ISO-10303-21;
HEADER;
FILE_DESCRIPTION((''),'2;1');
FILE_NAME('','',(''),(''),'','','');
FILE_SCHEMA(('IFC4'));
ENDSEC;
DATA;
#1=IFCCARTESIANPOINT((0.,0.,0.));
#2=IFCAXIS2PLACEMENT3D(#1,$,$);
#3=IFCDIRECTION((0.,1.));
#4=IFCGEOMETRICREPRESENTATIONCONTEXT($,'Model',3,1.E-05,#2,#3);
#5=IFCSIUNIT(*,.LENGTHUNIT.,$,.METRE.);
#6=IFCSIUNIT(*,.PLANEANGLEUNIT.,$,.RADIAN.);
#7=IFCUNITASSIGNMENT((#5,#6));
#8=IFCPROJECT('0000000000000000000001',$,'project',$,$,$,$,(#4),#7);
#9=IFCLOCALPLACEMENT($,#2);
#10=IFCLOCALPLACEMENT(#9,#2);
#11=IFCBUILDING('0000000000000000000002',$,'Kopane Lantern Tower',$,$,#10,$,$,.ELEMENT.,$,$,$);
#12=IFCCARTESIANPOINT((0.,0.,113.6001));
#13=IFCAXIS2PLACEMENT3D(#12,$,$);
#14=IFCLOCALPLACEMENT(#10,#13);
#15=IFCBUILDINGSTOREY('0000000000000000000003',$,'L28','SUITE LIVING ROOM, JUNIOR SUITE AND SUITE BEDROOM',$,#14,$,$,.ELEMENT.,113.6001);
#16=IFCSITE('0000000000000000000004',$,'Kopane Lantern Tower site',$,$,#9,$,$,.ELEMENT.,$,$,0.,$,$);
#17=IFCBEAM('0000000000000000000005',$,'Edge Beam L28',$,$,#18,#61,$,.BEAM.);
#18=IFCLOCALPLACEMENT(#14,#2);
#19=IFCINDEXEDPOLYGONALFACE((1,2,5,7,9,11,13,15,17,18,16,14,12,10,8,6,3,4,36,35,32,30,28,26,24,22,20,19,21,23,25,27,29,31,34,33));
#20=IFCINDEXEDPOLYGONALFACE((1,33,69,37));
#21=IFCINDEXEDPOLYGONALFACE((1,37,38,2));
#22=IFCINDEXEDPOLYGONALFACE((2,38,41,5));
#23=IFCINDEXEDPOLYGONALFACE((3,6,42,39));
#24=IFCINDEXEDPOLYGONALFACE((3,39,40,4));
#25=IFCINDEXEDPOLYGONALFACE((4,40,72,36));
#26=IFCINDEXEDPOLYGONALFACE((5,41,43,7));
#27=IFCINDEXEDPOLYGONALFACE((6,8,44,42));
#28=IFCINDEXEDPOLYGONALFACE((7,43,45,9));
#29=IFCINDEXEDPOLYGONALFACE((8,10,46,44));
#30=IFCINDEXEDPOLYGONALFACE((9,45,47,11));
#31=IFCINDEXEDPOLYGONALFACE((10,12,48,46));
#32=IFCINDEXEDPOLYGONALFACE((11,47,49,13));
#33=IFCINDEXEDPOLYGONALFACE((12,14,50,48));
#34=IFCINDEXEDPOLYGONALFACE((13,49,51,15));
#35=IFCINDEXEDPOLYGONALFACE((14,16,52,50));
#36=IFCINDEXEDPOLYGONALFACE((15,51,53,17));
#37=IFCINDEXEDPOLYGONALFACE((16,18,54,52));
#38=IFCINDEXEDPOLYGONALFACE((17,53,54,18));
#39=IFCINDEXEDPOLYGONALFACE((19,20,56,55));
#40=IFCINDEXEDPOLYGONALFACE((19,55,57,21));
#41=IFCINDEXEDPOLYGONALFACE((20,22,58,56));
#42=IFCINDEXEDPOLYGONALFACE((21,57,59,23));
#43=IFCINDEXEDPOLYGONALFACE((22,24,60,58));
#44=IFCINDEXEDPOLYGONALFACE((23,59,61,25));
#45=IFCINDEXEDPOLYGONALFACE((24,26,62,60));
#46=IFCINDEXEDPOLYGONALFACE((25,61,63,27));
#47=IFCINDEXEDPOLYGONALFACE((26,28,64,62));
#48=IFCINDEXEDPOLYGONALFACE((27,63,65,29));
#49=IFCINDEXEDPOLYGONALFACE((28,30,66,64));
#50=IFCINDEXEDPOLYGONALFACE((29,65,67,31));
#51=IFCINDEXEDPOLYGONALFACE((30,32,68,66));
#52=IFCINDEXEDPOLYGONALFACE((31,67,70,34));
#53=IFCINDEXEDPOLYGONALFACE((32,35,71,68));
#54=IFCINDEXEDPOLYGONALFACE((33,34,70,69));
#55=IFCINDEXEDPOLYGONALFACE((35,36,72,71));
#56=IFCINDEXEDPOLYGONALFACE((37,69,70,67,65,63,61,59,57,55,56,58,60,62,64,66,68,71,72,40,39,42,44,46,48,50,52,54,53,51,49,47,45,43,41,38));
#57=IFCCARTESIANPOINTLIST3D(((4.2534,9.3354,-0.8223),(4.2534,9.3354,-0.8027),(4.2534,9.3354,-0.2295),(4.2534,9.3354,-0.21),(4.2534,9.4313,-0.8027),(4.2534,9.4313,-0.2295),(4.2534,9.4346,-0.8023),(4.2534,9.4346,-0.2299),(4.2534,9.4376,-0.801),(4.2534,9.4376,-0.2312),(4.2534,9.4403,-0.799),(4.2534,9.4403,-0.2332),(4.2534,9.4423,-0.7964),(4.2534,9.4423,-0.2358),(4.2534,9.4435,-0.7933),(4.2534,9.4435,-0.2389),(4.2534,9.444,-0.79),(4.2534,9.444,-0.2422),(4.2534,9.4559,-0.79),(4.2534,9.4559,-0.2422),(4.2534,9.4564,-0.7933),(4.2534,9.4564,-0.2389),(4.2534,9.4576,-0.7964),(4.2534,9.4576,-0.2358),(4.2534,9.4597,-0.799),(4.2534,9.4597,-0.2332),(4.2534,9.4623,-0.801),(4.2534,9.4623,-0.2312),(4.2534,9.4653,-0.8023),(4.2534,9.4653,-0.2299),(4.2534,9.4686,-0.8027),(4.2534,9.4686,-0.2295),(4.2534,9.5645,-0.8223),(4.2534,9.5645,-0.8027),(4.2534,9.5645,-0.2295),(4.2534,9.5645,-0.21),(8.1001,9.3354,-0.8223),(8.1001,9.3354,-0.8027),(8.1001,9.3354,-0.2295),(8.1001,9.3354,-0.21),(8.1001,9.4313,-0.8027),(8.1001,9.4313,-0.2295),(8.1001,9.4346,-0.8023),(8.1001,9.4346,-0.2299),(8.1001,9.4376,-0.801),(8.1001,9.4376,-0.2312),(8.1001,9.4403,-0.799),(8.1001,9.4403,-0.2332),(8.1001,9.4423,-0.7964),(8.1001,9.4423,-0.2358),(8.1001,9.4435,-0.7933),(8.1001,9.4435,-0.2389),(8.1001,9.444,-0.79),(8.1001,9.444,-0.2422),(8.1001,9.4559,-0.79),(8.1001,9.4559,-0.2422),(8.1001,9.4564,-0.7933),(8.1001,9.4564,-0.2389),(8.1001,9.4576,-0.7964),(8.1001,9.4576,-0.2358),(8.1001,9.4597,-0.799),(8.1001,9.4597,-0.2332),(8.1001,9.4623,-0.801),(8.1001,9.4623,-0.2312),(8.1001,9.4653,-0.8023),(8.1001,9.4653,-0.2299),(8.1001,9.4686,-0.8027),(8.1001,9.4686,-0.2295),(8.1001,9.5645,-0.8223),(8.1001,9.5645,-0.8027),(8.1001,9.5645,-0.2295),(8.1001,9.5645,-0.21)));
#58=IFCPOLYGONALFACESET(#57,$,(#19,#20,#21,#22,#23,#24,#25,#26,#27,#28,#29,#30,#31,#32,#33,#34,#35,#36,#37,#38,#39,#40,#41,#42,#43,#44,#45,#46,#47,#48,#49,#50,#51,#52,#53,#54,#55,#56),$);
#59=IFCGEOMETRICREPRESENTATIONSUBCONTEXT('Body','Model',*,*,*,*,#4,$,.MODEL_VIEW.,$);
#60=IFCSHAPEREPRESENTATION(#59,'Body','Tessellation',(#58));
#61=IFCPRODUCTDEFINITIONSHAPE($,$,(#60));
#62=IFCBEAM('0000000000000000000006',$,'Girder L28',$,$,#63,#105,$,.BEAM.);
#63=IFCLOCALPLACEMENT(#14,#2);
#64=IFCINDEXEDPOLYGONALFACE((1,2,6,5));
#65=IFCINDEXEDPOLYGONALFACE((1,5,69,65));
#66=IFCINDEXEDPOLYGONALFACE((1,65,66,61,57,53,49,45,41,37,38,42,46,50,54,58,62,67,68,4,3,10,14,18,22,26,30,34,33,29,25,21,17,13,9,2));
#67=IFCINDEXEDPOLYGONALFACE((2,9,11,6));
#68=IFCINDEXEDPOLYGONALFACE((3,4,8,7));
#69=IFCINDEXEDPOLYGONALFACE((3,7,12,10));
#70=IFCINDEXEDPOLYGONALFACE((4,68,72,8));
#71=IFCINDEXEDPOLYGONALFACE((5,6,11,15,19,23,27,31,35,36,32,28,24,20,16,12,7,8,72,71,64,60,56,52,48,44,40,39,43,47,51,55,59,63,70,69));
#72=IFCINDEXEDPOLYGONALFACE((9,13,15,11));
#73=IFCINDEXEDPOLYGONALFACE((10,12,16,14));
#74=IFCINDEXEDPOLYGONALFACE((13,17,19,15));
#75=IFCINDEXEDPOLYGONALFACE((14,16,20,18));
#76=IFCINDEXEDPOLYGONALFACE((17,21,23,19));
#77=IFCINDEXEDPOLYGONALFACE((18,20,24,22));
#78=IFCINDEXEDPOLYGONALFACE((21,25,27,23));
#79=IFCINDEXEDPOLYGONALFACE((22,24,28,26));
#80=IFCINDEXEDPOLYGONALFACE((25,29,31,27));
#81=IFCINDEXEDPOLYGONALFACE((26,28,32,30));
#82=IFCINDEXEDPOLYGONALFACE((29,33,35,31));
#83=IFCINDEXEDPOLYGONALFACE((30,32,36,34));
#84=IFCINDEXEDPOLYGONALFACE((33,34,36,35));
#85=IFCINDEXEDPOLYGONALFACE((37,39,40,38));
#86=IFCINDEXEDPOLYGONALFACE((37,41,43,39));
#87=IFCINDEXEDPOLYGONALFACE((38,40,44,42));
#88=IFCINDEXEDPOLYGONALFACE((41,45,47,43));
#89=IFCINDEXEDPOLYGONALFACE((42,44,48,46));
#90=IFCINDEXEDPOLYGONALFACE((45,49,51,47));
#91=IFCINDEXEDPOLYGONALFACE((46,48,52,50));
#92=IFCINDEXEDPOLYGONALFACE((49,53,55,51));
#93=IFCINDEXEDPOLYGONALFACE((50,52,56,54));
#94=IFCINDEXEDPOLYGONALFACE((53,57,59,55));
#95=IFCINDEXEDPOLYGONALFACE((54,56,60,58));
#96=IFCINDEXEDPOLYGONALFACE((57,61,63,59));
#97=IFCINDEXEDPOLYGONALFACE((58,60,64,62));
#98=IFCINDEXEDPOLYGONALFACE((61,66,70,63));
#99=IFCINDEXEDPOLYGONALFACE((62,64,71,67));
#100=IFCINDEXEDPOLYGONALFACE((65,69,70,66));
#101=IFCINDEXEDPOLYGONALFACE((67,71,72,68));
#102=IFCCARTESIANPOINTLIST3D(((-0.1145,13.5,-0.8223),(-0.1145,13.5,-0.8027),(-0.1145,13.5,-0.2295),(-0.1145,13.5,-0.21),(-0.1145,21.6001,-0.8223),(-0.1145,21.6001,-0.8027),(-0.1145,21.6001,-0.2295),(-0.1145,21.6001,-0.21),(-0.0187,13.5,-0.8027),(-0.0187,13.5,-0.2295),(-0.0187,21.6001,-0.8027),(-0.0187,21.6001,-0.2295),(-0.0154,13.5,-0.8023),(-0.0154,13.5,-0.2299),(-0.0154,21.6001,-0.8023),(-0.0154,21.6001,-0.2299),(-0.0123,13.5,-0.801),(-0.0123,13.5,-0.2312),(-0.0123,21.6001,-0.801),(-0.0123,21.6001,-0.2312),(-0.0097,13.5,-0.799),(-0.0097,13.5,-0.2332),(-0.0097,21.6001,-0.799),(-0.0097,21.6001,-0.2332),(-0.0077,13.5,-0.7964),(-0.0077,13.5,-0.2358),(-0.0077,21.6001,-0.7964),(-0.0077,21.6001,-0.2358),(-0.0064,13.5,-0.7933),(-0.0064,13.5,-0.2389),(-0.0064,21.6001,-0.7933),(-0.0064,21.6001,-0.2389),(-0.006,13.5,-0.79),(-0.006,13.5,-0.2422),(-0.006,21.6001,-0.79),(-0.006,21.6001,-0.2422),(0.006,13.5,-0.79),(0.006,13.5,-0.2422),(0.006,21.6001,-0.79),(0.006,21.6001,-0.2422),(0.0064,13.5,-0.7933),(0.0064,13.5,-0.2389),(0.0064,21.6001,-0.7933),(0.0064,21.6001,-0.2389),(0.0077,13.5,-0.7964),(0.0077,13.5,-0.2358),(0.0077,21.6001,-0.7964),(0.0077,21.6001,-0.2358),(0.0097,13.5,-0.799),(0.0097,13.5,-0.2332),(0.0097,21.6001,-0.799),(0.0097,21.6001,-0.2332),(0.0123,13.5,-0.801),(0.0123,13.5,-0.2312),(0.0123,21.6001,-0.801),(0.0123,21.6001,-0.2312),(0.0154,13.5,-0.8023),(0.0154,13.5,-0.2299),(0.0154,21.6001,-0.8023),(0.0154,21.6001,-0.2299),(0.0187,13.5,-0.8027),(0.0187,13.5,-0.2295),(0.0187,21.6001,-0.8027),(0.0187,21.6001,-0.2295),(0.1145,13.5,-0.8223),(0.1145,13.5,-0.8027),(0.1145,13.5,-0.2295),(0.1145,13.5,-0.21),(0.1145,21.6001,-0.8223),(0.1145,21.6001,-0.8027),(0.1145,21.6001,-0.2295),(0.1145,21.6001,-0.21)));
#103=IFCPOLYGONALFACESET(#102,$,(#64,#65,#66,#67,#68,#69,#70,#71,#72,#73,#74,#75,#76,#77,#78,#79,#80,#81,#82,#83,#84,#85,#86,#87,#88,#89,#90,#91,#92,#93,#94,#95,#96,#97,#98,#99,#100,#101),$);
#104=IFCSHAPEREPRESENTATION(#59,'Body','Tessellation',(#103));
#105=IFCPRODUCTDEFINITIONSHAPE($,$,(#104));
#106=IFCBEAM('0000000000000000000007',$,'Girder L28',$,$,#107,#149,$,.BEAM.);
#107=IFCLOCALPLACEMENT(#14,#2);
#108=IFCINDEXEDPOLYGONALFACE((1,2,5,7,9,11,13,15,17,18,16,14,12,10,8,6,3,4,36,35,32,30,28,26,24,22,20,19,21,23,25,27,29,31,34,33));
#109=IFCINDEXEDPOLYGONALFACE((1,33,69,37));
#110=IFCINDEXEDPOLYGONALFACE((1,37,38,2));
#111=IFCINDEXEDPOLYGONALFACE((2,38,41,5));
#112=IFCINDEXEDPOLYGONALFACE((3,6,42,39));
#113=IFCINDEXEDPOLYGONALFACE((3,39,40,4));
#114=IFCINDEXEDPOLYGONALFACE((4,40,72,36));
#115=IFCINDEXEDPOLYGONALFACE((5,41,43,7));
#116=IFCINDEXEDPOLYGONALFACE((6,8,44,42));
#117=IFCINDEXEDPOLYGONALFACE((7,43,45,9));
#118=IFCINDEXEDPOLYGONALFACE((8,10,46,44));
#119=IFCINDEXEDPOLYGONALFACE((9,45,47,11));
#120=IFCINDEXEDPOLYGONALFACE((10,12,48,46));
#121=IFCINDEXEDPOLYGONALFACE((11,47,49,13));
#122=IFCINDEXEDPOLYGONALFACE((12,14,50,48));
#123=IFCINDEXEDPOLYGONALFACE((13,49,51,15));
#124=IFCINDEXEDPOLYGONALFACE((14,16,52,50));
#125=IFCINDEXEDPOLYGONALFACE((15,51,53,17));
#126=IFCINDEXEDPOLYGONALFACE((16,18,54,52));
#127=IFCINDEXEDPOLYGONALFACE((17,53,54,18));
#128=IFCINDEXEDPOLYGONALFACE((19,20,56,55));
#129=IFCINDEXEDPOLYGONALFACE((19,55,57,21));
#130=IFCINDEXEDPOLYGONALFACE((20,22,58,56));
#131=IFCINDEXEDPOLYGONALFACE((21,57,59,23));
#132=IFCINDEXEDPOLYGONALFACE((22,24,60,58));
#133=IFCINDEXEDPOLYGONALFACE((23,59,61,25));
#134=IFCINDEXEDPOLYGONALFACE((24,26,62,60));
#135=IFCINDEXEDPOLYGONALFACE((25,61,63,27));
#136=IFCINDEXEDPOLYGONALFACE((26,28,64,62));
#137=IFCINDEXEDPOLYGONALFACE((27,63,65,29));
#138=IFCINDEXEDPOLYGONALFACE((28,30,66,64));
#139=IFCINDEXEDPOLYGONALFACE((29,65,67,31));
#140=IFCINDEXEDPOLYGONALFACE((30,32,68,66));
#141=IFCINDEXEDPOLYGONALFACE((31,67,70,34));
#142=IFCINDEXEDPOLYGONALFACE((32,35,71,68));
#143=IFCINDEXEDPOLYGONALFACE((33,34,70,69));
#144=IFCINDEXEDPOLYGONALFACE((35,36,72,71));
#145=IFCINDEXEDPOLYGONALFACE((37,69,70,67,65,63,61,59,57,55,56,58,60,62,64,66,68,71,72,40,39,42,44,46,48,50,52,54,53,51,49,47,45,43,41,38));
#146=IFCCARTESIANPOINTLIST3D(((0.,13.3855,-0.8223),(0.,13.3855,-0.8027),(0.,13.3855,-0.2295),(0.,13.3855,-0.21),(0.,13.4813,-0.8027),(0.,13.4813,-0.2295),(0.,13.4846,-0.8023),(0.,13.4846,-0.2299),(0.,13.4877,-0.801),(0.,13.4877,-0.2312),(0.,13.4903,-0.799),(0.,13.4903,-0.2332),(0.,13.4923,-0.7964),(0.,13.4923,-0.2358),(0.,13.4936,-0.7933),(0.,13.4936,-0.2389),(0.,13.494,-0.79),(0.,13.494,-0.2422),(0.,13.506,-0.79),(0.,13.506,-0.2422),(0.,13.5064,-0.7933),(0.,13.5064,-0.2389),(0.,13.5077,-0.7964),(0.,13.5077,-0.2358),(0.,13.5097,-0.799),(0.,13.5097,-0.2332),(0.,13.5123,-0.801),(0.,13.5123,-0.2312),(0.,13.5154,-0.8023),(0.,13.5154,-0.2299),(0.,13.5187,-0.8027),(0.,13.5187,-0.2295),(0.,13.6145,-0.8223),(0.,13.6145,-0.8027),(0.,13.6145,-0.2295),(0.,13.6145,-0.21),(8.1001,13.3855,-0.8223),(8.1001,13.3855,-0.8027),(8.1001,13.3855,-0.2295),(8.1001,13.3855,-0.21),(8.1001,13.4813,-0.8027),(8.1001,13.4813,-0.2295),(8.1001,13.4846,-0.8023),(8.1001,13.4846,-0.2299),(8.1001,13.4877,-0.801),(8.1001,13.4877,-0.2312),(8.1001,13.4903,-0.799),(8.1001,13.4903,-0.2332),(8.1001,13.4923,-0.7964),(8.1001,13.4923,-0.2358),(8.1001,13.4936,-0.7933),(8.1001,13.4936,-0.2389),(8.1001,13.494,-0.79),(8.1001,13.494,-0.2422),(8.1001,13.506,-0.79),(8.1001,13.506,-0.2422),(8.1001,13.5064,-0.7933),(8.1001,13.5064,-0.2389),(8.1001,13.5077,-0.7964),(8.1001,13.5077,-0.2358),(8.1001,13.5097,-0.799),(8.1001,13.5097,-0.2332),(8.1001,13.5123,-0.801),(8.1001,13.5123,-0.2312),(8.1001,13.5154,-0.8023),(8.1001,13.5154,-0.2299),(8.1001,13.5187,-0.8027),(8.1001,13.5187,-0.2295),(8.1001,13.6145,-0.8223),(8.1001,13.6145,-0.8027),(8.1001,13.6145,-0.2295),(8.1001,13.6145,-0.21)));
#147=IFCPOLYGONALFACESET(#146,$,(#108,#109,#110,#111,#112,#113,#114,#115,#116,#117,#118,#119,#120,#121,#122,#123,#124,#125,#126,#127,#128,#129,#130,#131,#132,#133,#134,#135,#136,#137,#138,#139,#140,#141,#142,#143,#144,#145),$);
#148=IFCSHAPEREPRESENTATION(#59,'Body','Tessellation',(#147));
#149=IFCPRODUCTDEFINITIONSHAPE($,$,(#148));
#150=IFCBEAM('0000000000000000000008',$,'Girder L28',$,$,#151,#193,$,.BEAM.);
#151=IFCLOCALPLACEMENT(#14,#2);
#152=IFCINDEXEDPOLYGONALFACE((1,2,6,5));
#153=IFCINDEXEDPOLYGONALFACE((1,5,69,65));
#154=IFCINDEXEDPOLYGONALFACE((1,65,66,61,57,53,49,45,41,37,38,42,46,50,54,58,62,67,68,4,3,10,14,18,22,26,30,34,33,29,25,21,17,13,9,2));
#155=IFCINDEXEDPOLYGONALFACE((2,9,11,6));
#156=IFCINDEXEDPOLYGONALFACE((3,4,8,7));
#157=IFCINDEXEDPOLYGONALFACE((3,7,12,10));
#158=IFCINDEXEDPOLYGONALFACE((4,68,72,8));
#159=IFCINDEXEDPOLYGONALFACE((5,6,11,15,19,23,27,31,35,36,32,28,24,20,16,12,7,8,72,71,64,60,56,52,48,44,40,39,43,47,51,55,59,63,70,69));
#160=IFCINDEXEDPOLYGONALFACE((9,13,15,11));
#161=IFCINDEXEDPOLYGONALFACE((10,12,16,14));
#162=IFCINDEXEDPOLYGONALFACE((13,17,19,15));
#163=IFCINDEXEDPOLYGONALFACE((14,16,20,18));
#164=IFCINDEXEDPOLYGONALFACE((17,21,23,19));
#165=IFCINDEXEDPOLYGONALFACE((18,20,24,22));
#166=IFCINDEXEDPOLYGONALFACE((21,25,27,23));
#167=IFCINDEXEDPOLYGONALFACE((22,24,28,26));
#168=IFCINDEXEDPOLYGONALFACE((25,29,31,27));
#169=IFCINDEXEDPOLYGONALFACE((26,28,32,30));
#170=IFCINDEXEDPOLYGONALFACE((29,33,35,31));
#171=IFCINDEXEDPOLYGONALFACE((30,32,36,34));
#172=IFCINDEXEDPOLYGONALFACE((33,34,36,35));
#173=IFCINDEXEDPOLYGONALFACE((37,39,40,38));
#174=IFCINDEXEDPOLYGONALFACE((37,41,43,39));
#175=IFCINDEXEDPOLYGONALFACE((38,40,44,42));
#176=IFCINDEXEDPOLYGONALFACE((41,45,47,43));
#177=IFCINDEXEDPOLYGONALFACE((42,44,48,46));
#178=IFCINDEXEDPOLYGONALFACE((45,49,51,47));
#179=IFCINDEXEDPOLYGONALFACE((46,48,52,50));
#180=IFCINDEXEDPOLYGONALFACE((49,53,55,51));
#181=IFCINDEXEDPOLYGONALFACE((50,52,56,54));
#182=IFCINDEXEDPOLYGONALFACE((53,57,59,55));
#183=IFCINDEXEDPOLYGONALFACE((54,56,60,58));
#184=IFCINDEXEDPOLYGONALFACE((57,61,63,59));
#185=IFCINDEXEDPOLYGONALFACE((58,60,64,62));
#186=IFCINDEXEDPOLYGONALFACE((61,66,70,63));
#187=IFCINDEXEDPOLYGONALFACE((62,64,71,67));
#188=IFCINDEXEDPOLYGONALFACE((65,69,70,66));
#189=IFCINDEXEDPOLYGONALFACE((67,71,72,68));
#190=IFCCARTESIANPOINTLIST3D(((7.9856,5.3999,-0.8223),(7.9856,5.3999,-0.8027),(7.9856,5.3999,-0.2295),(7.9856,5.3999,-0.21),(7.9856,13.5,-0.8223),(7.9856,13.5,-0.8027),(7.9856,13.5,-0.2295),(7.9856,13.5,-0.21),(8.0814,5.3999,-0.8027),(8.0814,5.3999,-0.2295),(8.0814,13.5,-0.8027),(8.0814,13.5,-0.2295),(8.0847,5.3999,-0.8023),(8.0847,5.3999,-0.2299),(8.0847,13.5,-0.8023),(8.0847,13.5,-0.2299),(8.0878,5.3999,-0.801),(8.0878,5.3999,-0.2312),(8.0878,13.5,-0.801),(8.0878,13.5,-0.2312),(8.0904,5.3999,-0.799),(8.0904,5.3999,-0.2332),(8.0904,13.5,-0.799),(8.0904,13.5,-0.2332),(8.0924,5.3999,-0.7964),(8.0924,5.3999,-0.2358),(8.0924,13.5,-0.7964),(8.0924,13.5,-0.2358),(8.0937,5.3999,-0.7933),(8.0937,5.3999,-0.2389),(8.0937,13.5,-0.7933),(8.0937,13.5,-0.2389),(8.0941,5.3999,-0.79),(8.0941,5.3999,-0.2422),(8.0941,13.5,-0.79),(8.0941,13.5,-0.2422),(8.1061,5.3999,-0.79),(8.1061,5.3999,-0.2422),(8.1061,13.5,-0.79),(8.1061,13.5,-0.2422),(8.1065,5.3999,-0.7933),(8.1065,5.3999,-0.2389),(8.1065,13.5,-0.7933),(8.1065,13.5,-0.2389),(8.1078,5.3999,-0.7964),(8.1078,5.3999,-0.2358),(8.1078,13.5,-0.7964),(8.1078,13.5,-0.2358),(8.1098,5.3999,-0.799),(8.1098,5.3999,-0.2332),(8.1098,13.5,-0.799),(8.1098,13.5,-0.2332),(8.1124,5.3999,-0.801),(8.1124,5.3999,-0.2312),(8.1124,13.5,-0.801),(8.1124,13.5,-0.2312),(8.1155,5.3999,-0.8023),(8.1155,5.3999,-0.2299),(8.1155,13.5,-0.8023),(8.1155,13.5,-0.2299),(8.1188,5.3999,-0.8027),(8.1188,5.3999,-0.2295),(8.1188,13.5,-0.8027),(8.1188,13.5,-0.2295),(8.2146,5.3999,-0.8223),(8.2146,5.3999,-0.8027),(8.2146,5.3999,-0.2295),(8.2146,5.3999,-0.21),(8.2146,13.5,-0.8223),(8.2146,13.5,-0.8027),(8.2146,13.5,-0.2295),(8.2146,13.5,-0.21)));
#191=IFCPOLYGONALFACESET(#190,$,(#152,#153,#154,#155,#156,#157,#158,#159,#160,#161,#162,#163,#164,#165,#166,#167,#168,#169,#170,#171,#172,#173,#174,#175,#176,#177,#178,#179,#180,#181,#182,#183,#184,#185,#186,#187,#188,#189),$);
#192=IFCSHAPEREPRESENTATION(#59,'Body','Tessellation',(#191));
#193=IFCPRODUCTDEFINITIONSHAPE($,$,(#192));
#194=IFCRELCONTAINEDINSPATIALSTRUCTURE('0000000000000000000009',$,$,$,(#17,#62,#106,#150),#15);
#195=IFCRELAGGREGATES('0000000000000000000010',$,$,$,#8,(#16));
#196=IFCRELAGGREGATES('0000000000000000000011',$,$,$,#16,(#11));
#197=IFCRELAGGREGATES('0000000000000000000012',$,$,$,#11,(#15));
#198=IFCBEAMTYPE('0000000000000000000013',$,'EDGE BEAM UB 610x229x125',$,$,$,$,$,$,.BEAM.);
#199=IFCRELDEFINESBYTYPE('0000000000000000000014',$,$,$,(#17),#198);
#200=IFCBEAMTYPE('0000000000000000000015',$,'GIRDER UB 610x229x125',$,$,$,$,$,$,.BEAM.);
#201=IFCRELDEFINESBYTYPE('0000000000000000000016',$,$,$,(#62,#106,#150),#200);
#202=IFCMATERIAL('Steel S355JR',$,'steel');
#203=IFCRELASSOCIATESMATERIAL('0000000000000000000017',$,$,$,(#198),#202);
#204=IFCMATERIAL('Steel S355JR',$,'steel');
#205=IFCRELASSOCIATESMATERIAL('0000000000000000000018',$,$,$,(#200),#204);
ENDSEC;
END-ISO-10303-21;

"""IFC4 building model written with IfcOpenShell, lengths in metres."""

from ifc_helpers import new_model, si_unit, direction, frame, origin, origin_2d, place, context, subcontext, project, spatial, i_section, extrude, material, material_profile, profile_set, type_object, element, save


model = new_model("IFC4")

# Units and contexts
model_context = context("Model", 3, precision=1e-05, world=origin(), true_north=direction((0.0, 1.0)))
body_context = subcontext(model_context, "Body", "Model", "MODEL_VIEW")
ifc_project = project(units=[si_unit("LENGTHUNIT", "METRE"), si_unit("PLANEANGLEUNIT", "RADIAN")], contexts=[model_context])

# Site, building, storey
site_placement = place(None, origin())
site = spatial("IfcSite", under=ifc_project, at=site_placement, Name="Kopane Lantern Tower site", CompositionType="ELEMENT", RefElevation=0.0)
building_placement = place(site_placement, origin())
building = spatial("IfcBuilding", under=site, at=building_placement, Name="Kopane Lantern Tower", CompositionType="ELEMENT")
storey_placement = place(building_placement, frame((0.0, 0.0, 113.6001)))
storey = spatial("IfcBuildingStorey", under=building, at=storey_placement, Name="L28", Description="SUITE LIVING ROOM, JUNIOR SUITE AND SUITE BEDROOM", CompositionType="ELEMENT", Elevation=113.6001)

# Beams
ifc_material_1 = material(Name="Steel S355JR", Category="steel")
ifc_material_profile_1 = material_profile(ifc_material_1, i_section(OverallWidth=0.229, OverallDepth=0.6123, WebThickness=0.012, FlangeThickness=0.0195, FilletRadius=0.0127, at=origin_2d()), Name="UB 610x229x125")
ifc_profile_set_1 = profile_set([ifc_material_profile_1], Name="Steel S355JR")
beam_type_1 = type_object("IfcBeamType", Name="EDGE BEAM UB 610x229x125", PredefinedType="BEAM", material=ifc_profile_set_1)
beam_1_placement = place(storey_placement, frame((4.2534, 9.45, -0.5161), z_axis=(1.0, 0.0, 0.0), x_axis=(0.0, 1.0, 0.0)))
element("IfcBeam", 1, at=beam_1_placement, inside=storey, type_object=beam_type_1, Name="Edge Beam L28", PredefinedType="BEAM", context=body_context, shape_type="SweptSolid", body=[
    extrude(i_section(OverallWidth=0.229, OverallDepth=0.6123, WebThickness=0.012, FlangeThickness=0.0195, FilletRadius=0.0127, at=origin_2d()), origin(), (0.0, 0.0, 1.0), 3.8467),
])
ifc_material_2 = material(Name="Steel S355JR", Category="steel")
ifc_material_profile_2 = material_profile(ifc_material_2, i_section(OverallWidth=0.229, OverallDepth=0.6123, WebThickness=0.012, FlangeThickness=0.0195, FilletRadius=0.0127, at=origin_2d()), Name="UB 610x229x125")
ifc_profile_set_2 = profile_set([ifc_material_profile_2], Name="Steel S355JR")
beam_type_2 = type_object("IfcBeamType", Name="GIRDER UB 610x229x125", PredefinedType="BEAM", material=ifc_profile_set_2)
for number, where, z_axis, x_axis, name in (
    (2, (0.0, 13.5, -0.5161), (0.0, 1.0, 0.0), (-1.0, 0.0, 0.0), "Girder L28"),
    (3, (0.0, 13.5, -0.5161), (1.0, 0.0, 0.0), (0.0, 1.0, 0.0), "Girder L28"),
    (4, (8.1001, 5.3999, -0.5161), (0.0, 1.0, 0.0), (-1.0, 0.0, 0.0), "Girder L28"),
):
    element("IfcBeam", number, at=place(storey_placement, frame(where, z_axis=z_axis, x_axis=x_axis)), inside=storey, type_object=beam_type_2, Name=name, PredefinedType="BEAM", context=body_context, shape_type="SweptSolid", body=[
        extrude(i_section(OverallWidth=0.229, OverallDepth=0.6123, WebThickness=0.012, FlangeThickness=0.0195, FilletRadius=0.0127, at=origin_2d()), origin(), (0.0, 0.0, 1.0), 8.1001),
    ])

save(model, "model.ifc")
